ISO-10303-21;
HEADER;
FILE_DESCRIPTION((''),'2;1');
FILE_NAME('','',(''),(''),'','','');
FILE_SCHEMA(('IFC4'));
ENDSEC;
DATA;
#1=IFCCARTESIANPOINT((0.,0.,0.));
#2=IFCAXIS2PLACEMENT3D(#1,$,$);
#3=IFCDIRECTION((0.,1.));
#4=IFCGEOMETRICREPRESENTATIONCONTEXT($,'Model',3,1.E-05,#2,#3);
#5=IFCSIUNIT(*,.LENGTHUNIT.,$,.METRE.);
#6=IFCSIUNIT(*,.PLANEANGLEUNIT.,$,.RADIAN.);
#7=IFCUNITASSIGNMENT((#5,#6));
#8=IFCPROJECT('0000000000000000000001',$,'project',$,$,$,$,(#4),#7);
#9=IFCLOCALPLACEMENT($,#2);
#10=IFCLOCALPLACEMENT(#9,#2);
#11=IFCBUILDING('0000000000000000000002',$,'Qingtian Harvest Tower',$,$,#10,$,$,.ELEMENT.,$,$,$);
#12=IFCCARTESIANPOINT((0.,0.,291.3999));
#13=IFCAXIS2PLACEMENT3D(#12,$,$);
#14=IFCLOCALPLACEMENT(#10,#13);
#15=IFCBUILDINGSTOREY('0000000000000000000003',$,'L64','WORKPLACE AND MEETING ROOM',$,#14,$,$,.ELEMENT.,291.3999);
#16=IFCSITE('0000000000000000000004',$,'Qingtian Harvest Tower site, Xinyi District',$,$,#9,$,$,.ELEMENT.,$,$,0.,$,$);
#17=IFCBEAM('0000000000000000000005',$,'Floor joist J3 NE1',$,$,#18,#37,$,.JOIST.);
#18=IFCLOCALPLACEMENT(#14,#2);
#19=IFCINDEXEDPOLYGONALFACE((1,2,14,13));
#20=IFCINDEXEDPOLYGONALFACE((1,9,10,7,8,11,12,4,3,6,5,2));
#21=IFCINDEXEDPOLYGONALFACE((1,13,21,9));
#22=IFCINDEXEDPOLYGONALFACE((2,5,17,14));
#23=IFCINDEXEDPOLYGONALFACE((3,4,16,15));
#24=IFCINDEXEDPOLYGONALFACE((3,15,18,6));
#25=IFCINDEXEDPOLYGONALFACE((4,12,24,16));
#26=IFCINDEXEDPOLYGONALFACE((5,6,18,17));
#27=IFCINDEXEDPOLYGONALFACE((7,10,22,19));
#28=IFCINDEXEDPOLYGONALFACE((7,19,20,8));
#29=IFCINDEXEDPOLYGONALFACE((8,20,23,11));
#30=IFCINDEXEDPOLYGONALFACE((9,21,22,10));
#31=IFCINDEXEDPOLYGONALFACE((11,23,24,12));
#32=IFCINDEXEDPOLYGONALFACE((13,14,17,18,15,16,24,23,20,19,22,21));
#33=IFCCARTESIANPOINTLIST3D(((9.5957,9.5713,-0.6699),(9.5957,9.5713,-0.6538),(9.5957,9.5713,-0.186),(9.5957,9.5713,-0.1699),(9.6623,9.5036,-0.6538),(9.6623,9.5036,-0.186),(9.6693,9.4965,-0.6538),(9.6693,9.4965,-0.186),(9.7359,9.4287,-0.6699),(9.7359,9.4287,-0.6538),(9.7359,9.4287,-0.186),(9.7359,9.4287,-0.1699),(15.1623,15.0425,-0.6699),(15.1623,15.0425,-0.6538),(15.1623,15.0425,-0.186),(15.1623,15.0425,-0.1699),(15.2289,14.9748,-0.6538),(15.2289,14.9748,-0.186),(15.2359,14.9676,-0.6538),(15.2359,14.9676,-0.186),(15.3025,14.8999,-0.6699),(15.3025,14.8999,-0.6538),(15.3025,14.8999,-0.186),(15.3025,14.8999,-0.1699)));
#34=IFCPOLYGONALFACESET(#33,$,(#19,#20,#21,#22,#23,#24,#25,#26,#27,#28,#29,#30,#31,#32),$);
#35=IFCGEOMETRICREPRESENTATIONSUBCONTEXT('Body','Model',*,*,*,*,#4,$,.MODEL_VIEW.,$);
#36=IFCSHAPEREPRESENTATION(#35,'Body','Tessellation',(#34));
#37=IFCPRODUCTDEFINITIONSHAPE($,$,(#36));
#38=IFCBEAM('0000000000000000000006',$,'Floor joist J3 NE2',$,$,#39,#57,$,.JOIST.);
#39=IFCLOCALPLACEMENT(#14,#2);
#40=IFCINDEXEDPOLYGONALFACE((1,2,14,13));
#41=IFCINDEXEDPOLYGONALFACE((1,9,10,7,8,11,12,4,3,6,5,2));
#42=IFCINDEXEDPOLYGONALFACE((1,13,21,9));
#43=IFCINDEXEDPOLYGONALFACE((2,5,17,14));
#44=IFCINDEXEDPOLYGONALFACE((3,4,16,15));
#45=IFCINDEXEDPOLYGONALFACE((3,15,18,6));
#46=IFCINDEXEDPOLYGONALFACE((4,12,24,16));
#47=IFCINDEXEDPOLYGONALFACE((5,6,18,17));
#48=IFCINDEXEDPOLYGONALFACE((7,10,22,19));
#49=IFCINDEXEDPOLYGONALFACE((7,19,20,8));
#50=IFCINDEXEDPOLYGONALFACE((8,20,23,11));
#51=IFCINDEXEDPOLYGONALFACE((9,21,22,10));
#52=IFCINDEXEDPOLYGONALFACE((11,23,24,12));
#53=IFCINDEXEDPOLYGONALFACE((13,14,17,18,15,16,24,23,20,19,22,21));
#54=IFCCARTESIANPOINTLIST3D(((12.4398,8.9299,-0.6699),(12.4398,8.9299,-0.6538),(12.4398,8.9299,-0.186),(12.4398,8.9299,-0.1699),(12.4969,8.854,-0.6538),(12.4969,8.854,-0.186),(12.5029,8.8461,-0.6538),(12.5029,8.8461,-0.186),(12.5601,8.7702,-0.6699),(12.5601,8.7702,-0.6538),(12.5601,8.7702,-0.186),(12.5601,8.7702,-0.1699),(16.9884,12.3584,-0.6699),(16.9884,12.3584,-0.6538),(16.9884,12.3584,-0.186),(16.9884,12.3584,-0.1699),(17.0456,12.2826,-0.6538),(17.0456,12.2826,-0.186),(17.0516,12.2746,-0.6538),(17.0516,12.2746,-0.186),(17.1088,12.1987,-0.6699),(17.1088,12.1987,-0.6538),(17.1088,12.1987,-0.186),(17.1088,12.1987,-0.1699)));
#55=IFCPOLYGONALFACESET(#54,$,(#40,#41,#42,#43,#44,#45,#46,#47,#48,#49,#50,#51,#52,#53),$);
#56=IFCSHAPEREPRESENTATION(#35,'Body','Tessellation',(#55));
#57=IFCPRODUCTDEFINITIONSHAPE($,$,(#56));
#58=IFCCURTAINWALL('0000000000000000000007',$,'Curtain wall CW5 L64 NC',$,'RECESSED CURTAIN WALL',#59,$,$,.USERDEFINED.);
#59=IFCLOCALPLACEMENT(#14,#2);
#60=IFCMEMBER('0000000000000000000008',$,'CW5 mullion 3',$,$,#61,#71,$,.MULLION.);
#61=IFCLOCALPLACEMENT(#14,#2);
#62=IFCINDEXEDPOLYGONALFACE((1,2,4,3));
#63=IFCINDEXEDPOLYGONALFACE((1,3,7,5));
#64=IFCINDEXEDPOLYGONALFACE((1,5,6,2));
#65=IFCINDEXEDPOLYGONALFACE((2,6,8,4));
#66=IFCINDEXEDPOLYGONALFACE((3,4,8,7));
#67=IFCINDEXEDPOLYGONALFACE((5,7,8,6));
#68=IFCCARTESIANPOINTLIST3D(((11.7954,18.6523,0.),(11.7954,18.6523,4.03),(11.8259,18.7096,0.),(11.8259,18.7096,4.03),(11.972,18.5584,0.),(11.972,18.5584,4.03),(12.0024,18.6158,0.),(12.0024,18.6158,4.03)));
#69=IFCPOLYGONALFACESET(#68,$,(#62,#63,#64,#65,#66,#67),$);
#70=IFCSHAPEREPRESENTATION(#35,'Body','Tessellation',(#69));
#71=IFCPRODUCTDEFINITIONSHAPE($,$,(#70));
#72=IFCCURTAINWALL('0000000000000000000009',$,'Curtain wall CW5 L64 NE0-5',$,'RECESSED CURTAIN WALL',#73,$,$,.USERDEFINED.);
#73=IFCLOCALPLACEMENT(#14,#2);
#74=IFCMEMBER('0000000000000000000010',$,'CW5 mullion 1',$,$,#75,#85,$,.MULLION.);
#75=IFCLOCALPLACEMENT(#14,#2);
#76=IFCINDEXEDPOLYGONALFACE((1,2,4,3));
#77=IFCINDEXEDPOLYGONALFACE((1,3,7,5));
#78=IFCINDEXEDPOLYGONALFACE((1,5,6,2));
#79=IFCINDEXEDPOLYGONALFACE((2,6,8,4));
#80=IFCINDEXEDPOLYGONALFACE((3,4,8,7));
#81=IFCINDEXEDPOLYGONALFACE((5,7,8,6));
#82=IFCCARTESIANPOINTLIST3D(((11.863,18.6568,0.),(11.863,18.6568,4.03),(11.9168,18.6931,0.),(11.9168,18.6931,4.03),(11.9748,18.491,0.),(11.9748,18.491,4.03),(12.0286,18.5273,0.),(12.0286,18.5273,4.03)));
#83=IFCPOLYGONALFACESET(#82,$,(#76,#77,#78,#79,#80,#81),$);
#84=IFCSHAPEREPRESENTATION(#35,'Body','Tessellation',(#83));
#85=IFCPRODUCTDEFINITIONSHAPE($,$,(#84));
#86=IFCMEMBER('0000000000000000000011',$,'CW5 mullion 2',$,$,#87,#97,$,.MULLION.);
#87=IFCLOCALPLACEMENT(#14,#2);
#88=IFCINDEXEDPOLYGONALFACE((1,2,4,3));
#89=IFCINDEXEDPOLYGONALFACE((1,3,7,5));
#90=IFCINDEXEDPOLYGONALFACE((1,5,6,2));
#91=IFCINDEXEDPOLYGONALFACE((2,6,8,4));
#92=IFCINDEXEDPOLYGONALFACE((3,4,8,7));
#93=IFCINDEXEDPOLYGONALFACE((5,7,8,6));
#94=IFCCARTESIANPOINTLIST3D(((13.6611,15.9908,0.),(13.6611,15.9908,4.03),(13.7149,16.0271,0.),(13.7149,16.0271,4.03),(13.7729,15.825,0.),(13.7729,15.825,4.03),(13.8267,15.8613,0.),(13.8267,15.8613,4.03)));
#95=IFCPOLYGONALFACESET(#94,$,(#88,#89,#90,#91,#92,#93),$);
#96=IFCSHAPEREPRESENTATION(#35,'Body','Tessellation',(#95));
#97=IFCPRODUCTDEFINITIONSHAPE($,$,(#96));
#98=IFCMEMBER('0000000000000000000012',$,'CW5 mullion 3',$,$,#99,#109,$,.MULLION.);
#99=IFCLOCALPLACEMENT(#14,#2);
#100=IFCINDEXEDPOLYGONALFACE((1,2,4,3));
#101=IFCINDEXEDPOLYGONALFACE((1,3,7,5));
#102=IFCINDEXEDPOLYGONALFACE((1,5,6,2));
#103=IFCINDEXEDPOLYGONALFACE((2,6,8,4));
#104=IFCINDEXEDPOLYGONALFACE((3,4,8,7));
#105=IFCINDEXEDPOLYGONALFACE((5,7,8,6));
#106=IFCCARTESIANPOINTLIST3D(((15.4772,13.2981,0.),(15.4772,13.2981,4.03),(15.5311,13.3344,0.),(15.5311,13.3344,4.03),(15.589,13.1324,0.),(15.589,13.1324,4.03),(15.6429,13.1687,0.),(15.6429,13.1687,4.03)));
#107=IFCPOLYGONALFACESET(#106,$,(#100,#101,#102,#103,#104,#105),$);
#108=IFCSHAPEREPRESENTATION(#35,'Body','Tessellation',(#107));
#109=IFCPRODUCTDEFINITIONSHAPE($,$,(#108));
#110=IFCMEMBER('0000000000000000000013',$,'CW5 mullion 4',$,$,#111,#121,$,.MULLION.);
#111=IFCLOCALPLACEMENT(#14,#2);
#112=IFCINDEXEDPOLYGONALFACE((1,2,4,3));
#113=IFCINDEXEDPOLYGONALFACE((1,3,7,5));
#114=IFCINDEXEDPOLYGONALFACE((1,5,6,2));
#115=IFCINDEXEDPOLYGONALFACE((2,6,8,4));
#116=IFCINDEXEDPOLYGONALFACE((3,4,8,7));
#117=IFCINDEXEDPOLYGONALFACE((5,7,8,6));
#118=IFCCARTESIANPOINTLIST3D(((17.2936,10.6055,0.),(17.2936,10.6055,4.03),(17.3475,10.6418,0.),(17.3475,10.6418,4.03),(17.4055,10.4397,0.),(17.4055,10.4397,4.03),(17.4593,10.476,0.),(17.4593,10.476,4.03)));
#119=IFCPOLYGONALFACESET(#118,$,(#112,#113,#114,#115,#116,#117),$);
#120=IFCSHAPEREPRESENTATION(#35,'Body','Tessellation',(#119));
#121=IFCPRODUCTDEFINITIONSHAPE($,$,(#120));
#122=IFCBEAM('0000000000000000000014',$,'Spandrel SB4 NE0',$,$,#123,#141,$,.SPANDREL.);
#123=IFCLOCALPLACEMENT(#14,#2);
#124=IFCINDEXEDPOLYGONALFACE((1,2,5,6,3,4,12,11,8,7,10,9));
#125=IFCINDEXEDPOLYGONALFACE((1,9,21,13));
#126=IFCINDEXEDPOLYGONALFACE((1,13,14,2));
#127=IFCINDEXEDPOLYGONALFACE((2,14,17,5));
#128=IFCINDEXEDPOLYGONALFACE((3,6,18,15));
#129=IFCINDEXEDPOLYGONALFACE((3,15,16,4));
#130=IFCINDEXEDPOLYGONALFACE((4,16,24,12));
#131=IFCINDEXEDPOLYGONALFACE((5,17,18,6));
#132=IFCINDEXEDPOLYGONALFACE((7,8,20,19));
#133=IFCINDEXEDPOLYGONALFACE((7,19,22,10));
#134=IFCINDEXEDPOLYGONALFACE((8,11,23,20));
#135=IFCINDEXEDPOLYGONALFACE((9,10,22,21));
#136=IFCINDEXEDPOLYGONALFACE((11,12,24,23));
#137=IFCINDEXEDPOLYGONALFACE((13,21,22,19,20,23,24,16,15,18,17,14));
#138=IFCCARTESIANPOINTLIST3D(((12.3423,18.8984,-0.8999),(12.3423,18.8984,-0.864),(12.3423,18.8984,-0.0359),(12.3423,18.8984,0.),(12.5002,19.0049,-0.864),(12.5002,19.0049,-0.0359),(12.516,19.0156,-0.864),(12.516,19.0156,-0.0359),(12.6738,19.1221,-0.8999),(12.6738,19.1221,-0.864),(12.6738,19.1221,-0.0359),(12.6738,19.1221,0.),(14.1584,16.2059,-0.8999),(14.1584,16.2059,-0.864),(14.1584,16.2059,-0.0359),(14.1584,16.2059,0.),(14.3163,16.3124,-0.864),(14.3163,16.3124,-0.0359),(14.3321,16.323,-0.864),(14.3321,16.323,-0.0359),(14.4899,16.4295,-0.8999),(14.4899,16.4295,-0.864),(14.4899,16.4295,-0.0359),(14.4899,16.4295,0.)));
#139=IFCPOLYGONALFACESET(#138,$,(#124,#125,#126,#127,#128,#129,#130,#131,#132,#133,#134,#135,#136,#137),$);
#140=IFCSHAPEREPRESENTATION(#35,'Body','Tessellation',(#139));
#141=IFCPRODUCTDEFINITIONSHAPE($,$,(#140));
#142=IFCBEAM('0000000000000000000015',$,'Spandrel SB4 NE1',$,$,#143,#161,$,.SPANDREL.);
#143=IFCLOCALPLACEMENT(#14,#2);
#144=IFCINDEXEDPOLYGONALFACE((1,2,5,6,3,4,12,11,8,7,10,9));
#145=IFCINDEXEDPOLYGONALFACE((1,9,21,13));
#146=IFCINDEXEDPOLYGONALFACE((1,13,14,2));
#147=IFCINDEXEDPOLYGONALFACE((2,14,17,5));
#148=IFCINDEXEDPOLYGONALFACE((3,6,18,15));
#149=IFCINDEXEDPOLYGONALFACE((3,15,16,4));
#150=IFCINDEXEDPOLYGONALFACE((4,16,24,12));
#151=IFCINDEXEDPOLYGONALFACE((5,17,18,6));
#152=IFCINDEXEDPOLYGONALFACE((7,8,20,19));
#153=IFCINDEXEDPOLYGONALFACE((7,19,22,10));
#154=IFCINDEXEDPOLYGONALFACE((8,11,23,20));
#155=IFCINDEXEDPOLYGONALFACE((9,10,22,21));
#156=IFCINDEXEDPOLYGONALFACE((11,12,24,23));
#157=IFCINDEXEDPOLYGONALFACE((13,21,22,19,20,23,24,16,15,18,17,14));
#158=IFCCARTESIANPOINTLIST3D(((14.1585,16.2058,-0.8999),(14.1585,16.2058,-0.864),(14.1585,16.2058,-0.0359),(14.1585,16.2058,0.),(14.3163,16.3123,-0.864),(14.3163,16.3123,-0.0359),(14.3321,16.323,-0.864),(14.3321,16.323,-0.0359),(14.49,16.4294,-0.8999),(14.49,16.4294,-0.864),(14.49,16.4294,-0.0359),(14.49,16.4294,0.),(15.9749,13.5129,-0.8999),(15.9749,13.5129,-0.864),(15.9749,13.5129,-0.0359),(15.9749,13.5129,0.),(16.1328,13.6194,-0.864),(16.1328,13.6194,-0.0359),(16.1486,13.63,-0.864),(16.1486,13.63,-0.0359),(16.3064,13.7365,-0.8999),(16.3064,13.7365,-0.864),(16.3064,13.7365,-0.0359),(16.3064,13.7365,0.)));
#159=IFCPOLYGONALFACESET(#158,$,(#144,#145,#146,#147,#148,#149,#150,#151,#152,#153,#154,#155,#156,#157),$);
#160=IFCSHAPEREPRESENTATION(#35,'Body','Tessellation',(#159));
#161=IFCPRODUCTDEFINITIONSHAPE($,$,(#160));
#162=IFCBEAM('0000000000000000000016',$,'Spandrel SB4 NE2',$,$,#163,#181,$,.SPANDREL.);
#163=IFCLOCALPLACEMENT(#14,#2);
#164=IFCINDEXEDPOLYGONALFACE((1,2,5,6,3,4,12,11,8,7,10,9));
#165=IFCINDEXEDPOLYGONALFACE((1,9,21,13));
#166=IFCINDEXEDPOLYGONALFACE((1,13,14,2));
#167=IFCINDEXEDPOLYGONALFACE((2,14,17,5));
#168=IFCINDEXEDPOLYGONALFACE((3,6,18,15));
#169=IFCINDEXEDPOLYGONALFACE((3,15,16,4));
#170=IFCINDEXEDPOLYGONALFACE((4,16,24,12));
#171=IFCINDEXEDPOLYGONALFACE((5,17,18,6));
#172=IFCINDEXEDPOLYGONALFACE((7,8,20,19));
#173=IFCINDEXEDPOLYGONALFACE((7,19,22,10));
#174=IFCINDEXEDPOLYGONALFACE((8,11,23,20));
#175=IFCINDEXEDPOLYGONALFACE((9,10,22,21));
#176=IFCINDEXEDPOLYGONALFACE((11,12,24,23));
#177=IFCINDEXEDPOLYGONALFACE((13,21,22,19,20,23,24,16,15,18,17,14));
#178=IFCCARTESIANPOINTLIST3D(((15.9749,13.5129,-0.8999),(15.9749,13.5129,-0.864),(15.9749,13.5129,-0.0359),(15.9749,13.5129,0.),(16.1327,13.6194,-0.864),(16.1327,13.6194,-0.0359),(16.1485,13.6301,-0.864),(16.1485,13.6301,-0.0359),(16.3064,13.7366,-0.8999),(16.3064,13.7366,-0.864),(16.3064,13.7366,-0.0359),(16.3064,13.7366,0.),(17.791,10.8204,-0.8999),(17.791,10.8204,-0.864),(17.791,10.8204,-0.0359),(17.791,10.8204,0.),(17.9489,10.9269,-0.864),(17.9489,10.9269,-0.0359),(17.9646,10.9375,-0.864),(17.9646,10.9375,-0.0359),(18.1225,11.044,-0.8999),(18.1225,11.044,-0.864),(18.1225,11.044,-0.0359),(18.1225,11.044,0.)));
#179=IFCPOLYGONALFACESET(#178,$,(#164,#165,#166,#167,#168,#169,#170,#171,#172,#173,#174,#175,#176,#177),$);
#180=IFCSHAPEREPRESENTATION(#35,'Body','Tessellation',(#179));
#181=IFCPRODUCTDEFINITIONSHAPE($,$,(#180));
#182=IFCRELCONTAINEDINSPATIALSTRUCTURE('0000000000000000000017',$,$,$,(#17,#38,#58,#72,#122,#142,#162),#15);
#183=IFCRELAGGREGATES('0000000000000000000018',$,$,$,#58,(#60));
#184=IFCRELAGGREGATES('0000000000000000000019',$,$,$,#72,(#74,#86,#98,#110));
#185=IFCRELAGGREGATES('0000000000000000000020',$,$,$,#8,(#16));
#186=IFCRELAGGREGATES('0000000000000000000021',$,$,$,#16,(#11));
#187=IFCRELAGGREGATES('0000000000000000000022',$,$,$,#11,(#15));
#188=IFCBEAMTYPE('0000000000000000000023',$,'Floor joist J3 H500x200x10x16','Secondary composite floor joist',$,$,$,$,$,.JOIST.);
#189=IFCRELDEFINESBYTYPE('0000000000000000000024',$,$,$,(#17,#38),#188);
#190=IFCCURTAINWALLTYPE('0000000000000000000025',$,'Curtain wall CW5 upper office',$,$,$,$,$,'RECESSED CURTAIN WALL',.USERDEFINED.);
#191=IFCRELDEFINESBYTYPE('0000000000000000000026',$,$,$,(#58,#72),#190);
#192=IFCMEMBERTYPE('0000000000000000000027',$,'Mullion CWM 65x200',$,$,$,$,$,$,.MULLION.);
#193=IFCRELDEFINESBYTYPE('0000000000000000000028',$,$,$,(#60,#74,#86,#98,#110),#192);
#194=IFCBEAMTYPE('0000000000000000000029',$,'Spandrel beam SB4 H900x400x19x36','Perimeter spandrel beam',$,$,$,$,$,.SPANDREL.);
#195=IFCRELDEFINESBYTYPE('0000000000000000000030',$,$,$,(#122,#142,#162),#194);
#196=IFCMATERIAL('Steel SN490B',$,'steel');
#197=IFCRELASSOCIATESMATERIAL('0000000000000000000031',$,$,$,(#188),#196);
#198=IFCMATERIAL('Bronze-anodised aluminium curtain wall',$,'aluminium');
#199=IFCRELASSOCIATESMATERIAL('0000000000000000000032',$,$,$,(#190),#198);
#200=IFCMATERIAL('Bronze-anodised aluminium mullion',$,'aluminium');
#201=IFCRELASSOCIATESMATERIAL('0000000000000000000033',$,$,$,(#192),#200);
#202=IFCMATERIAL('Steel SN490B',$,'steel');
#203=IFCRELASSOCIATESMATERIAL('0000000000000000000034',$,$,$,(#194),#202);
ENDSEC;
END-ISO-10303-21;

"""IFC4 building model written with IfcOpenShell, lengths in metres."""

from ifc_helpers import new_model, si_unit, direction, frame, origin, origin_2d, place, context, subcontext, project, spatial, rectangle, i_section, extrude, material, material_profile, profile_set, type_object, element, aggregate, save


model = new_model("IFC4")

# Units and contexts
model_context = context("Model", 3, precision=1e-05, world=origin(), true_north=direction((0.0, 1.0)))
body_context = subcontext(model_context, "Body", "Model", "MODEL_VIEW")
ifc_project = project(units=[si_unit("LENGTHUNIT", "METRE"), si_unit("PLANEANGLEUNIT", "RADIAN")], contexts=[model_context])

# Site, building, storey
site_placement = place(None, origin())
site = spatial("IfcSite", under=ifc_project, at=site_placement, Name="Qingtian Harvest Tower site, Xinyi District", CompositionType="ELEMENT", RefElevation=0.0)
building_placement = place(site_placement, origin())
building = spatial("IfcBuilding", under=site, at=building_placement, Name="Qingtian Harvest Tower", CompositionType="ELEMENT")
storey_placement = place(building_placement, frame((0.0, 0.0, 291.3999)))
storey = spatial("IfcBuildingStorey", under=building, at=storey_placement, Name="L64", Description="WORKPLACE AND MEETING ROOM", CompositionType="ELEMENT", Elevation=291.3999)

# Beams
ifc_material_1 = material(Name="Steel SN490B", Category="steel")
ifc_material_profile_1 = material_profile(ifc_material_1, i_section(OverallWidth=0.2, OverallDepth=0.5, WebThickness=0.01, FlangeThickness=0.0161, at=origin_2d()), Name="H500x200x10x16")
ifc_profile_set_1 = profile_set([ifc_material_profile_1], Name="Steel SN490B")
beam_type_1 = type_object("IfcBeamType", Name="Floor joist J3 H500x200x10x16", Description="Secondary composite floor joist", PredefinedType="JOIST", material=ifc_profile_set_1)
beam_1_placement = place(storey_placement, frame((15.2324, 14.9712, -0.4199), z_axis=(-0.713195, -0.700965, 0.0), x_axis=(0.700965, -0.713195, 0.0)))
element("IfcBeam", 1, at=beam_1_placement, inside=storey, type_object=beam_type_1, Name="Floor joist J3 NE1", PredefinedType="JOIST", context=body_context, shape_type="SweptSolid", body=[
    extrude(i_section(OverallWidth=0.2, OverallDepth=0.5, WebThickness=0.01, FlangeThickness=0.0161, at=origin_2d()), origin(), (0.0, 0.0, 1.0), 7.8052),
])
beam_2_placement = place(storey_placement, frame((17.0486, 12.2786, -0.4199), z_axis=(-0.798563, -0.601912, 0.0), x_axis=(0.601912, -0.798563, 0.0)))
element("IfcBeam", 2, at=beam_2_placement, inside=storey, type_object=beam_type_1, Name="Floor joist J3 NE2", PredefinedType="JOIST", context=body_context, shape_type="SweptSolid", body=[
    extrude(i_section(OverallWidth=0.2, OverallDepth=0.5, WebThickness=0.01, FlangeThickness=0.0161, at=origin_2d()), origin(), (0.0, 0.0, 1.0), 5.696),
])

# Curtain wall, member
ifc_material_2 = material(Name="Bronze-anodised aluminium curtain wall", Category="aluminium")
curtain_wall_type = type_object("IfcCurtainWallType", Name="Curtain wall CW5 upper office", ElementType="RECESSED CURTAIN WALL", PredefinedType="USERDEFINED", material=ifc_material_2)
curtain_wall_1_placement = place(storey_placement, origin())
curtain_wall_1 = element("IfcCurtainWall", 3, at=curtain_wall_1_placement, inside=storey, type_object=curtain_wall_type, Name="Curtain wall CW5 L64 NC", ObjectType="RECESSED CURTAIN WALL", PredefinedType="USERDEFINED")
ifc_material_3 = material(Name="Bronze-anodised aluminium mullion", Category="aluminium")
ifc_material_profile_2 = material_profile(ifc_material_3, rectangle(XDim=0.0649, YDim=0.2, at=origin_2d()), Name="AL 65x200")
ifc_profile_set_2 = profile_set([ifc_material_profile_2], Name="Bronze-anodised aluminium mullion")
member_type_1 = type_object("IfcMemberType", Name="Mullion CWM 65x200", PredefinedType="MULLION", material=ifc_profile_set_2)
member_1_placement = place(storey_placement, frame((11.8989, 18.634, 0.0), z_axis=(0.0, 0.0, 1.0), x_axis=(0.469472, 0.882948, 0.0)))
member_1 = element("IfcMember", 4, at=member_1_placement, type_object=member_type_1, Name="CW5 mullion 3", PredefinedType="MULLION", context=body_context, shape_type="SweptSolid", body=[
    extrude(rectangle(XDim=0.0649, YDim=0.2, at=origin_2d()), origin(), (0.0, 0.0, 1.0), 4.03),
])

# Curtain wall, members
curtain_wall_2_placement = place(storey_placement, origin())
curtain_wall_2 = element("IfcCurtainWall", 5, at=curtain_wall_2_placement, inside=storey, type_object=curtain_wall_type, Name="Curtain wall CW5 L64 NE0-5", ObjectType="RECESSED CURTAIN WALL", PredefinedType="USERDEFINED")
member_2_placement = place(storey_placement, frame((11.9458, 18.592, 0.0), z_axis=(0.0, 0.0, 1.0), x_axis=(0.829038, 0.559193, 0.0)))
member_2 = element("IfcMember", 6, at=member_2_placement, type_object=member_type_1, Name="CW5 mullion 1", PredefinedType="MULLION", context=body_context, shape_type="SweptSolid", body=[
    extrude(rectangle(XDim=0.0649, YDim=0.2, at=origin_2d()), origin(), (0.0, 0.0, 1.0), 4.03),
])
member_3_placement = place(storey_placement, frame((13.7439, 15.926, 0.0), z_axis=(0.0, 0.0, 1.0), x_axis=(0.829038, 0.559193, 0.0)))
member_3 = element("IfcMember", 7, at=member_3_placement, type_object=member_type_1, Name="CW5 mullion 2", PredefinedType="MULLION", context=body_context, shape_type="SweptSolid", body=[
    extrude(rectangle(XDim=0.0649, YDim=0.2, at=origin_2d()), origin(), (0.0, 0.0, 1.0), 4.03),
])
member_4_placement = place(storey_placement, frame((15.5601, 13.2334, 0.0), z_axis=(0.0, 0.0, 1.0), x_axis=(0.829038, 0.559193, 0.0)))
member_4 = element("IfcMember", 8, at=member_4_placement, type_object=member_type_1, Name="CW5 mullion 3", PredefinedType="MULLION", context=body_context, shape_type="SweptSolid", body=[
    extrude(rectangle(XDim=0.0649, YDim=0.2, at=origin_2d()), origin(), (0.0, 0.0, 1.0), 4.03),
])
member_5_placement = place(storey_placement, frame((17.3765, 10.5408, 0.0), z_axis=(0.0, 0.0, 1.0), x_axis=(0.829038, 0.559193, 0.0)))
member_5 = element("IfcMember", 9, at=member_5_placement, type_object=member_type_1, Name="CW5 mullion 4", PredefinedType="MULLION", context=body_context, shape_type="SweptSolid", body=[
    extrude(rectangle(XDim=0.0649, YDim=0.2, at=origin_2d()), origin(), (0.0, 0.0, 1.0), 4.03),
])

# Beams
ifc_material_4 = material(Name="Steel SN490B", Category="steel")
ifc_material_profile_3 = material_profile(ifc_material_4, i_section(OverallWidth=0.3999, OverallDepth=0.8999, WebThickness=0.019, FlangeThickness=0.0359, at=origin_2d()), Name="H900x400x19x36")
ifc_profile_set_3 = profile_set([ifc_material_profile_3], Name="Steel SN490B")
beam_type_2 = type_object("IfcBeamType", Name="Spandrel beam SB4 H900x400x19x36", Description="Perimeter spandrel beam", PredefinedType="SPANDREL", material=ifc_profile_set_3)
beam_3_placement = place(storey_placement, frame((12.5081, 19.0103, -0.45), z_axis=(0.559185, -0.829043, 0.0), x_axis=(0.829043, 0.559185, 0.0)))
element("IfcBeam", 10, at=beam_3_placement, inside=storey, type_object=beam_type_2, Name="Spandrel SB4 NE0", PredefinedType="SPANDREL", context=body_context, shape_type="SweptSolid", body=[
    extrude(i_section(OverallWidth=0.3999, OverallDepth=0.8999, WebThickness=0.019, FlangeThickness=0.0359, at=origin_2d()), origin(), (0.0, 0.0, 1.0), 3.2478),
])
beam_4_placement = place(storey_placement, frame((14.3242, 16.3176, -0.45), z_axis=(0.559202, -0.829032, 0.0), x_axis=(0.829032, 0.559202, 0.0)))
element("IfcBeam", 11, at=beam_4_placement, inside=storey, type_object=beam_type_2, Name="Spandrel SB4 NE1", PredefinedType="SPANDREL", context=body_context, shape_type="SweptSolid", body=[
    extrude(i_section(OverallWidth=0.3999, OverallDepth=0.8999, WebThickness=0.019, FlangeThickness=0.0359, at=origin_2d()), origin(), (0.0, 0.0, 1.0), 3.2483),
])
beam_5_placement = place(storey_placement, frame((16.1406, 13.6248, -0.45), z_axis=(0.559185, -0.829043, 0.0), x_axis=(0.829043, 0.559185, 0.0)))
element("IfcBeam", 12, at=beam_5_placement, inside=storey, type_object=beam_type_2, Name="Spandrel SB4 NE2", PredefinedType="SPANDREL", context=body_context, shape_type="SweptSolid", body=[
    extrude(i_section(OverallWidth=0.3999, OverallDepth=0.8999, WebThickness=0.019, FlangeThickness=0.0359, at=origin_2d()), origin(), (0.0, 0.0, 1.0), 3.2478),
])

aggregate(curtain_wall_1, [member_1])
aggregate(curtain_wall_2, [member_2, member_3, member_4, member_5])

save(model, "model.ifc")
